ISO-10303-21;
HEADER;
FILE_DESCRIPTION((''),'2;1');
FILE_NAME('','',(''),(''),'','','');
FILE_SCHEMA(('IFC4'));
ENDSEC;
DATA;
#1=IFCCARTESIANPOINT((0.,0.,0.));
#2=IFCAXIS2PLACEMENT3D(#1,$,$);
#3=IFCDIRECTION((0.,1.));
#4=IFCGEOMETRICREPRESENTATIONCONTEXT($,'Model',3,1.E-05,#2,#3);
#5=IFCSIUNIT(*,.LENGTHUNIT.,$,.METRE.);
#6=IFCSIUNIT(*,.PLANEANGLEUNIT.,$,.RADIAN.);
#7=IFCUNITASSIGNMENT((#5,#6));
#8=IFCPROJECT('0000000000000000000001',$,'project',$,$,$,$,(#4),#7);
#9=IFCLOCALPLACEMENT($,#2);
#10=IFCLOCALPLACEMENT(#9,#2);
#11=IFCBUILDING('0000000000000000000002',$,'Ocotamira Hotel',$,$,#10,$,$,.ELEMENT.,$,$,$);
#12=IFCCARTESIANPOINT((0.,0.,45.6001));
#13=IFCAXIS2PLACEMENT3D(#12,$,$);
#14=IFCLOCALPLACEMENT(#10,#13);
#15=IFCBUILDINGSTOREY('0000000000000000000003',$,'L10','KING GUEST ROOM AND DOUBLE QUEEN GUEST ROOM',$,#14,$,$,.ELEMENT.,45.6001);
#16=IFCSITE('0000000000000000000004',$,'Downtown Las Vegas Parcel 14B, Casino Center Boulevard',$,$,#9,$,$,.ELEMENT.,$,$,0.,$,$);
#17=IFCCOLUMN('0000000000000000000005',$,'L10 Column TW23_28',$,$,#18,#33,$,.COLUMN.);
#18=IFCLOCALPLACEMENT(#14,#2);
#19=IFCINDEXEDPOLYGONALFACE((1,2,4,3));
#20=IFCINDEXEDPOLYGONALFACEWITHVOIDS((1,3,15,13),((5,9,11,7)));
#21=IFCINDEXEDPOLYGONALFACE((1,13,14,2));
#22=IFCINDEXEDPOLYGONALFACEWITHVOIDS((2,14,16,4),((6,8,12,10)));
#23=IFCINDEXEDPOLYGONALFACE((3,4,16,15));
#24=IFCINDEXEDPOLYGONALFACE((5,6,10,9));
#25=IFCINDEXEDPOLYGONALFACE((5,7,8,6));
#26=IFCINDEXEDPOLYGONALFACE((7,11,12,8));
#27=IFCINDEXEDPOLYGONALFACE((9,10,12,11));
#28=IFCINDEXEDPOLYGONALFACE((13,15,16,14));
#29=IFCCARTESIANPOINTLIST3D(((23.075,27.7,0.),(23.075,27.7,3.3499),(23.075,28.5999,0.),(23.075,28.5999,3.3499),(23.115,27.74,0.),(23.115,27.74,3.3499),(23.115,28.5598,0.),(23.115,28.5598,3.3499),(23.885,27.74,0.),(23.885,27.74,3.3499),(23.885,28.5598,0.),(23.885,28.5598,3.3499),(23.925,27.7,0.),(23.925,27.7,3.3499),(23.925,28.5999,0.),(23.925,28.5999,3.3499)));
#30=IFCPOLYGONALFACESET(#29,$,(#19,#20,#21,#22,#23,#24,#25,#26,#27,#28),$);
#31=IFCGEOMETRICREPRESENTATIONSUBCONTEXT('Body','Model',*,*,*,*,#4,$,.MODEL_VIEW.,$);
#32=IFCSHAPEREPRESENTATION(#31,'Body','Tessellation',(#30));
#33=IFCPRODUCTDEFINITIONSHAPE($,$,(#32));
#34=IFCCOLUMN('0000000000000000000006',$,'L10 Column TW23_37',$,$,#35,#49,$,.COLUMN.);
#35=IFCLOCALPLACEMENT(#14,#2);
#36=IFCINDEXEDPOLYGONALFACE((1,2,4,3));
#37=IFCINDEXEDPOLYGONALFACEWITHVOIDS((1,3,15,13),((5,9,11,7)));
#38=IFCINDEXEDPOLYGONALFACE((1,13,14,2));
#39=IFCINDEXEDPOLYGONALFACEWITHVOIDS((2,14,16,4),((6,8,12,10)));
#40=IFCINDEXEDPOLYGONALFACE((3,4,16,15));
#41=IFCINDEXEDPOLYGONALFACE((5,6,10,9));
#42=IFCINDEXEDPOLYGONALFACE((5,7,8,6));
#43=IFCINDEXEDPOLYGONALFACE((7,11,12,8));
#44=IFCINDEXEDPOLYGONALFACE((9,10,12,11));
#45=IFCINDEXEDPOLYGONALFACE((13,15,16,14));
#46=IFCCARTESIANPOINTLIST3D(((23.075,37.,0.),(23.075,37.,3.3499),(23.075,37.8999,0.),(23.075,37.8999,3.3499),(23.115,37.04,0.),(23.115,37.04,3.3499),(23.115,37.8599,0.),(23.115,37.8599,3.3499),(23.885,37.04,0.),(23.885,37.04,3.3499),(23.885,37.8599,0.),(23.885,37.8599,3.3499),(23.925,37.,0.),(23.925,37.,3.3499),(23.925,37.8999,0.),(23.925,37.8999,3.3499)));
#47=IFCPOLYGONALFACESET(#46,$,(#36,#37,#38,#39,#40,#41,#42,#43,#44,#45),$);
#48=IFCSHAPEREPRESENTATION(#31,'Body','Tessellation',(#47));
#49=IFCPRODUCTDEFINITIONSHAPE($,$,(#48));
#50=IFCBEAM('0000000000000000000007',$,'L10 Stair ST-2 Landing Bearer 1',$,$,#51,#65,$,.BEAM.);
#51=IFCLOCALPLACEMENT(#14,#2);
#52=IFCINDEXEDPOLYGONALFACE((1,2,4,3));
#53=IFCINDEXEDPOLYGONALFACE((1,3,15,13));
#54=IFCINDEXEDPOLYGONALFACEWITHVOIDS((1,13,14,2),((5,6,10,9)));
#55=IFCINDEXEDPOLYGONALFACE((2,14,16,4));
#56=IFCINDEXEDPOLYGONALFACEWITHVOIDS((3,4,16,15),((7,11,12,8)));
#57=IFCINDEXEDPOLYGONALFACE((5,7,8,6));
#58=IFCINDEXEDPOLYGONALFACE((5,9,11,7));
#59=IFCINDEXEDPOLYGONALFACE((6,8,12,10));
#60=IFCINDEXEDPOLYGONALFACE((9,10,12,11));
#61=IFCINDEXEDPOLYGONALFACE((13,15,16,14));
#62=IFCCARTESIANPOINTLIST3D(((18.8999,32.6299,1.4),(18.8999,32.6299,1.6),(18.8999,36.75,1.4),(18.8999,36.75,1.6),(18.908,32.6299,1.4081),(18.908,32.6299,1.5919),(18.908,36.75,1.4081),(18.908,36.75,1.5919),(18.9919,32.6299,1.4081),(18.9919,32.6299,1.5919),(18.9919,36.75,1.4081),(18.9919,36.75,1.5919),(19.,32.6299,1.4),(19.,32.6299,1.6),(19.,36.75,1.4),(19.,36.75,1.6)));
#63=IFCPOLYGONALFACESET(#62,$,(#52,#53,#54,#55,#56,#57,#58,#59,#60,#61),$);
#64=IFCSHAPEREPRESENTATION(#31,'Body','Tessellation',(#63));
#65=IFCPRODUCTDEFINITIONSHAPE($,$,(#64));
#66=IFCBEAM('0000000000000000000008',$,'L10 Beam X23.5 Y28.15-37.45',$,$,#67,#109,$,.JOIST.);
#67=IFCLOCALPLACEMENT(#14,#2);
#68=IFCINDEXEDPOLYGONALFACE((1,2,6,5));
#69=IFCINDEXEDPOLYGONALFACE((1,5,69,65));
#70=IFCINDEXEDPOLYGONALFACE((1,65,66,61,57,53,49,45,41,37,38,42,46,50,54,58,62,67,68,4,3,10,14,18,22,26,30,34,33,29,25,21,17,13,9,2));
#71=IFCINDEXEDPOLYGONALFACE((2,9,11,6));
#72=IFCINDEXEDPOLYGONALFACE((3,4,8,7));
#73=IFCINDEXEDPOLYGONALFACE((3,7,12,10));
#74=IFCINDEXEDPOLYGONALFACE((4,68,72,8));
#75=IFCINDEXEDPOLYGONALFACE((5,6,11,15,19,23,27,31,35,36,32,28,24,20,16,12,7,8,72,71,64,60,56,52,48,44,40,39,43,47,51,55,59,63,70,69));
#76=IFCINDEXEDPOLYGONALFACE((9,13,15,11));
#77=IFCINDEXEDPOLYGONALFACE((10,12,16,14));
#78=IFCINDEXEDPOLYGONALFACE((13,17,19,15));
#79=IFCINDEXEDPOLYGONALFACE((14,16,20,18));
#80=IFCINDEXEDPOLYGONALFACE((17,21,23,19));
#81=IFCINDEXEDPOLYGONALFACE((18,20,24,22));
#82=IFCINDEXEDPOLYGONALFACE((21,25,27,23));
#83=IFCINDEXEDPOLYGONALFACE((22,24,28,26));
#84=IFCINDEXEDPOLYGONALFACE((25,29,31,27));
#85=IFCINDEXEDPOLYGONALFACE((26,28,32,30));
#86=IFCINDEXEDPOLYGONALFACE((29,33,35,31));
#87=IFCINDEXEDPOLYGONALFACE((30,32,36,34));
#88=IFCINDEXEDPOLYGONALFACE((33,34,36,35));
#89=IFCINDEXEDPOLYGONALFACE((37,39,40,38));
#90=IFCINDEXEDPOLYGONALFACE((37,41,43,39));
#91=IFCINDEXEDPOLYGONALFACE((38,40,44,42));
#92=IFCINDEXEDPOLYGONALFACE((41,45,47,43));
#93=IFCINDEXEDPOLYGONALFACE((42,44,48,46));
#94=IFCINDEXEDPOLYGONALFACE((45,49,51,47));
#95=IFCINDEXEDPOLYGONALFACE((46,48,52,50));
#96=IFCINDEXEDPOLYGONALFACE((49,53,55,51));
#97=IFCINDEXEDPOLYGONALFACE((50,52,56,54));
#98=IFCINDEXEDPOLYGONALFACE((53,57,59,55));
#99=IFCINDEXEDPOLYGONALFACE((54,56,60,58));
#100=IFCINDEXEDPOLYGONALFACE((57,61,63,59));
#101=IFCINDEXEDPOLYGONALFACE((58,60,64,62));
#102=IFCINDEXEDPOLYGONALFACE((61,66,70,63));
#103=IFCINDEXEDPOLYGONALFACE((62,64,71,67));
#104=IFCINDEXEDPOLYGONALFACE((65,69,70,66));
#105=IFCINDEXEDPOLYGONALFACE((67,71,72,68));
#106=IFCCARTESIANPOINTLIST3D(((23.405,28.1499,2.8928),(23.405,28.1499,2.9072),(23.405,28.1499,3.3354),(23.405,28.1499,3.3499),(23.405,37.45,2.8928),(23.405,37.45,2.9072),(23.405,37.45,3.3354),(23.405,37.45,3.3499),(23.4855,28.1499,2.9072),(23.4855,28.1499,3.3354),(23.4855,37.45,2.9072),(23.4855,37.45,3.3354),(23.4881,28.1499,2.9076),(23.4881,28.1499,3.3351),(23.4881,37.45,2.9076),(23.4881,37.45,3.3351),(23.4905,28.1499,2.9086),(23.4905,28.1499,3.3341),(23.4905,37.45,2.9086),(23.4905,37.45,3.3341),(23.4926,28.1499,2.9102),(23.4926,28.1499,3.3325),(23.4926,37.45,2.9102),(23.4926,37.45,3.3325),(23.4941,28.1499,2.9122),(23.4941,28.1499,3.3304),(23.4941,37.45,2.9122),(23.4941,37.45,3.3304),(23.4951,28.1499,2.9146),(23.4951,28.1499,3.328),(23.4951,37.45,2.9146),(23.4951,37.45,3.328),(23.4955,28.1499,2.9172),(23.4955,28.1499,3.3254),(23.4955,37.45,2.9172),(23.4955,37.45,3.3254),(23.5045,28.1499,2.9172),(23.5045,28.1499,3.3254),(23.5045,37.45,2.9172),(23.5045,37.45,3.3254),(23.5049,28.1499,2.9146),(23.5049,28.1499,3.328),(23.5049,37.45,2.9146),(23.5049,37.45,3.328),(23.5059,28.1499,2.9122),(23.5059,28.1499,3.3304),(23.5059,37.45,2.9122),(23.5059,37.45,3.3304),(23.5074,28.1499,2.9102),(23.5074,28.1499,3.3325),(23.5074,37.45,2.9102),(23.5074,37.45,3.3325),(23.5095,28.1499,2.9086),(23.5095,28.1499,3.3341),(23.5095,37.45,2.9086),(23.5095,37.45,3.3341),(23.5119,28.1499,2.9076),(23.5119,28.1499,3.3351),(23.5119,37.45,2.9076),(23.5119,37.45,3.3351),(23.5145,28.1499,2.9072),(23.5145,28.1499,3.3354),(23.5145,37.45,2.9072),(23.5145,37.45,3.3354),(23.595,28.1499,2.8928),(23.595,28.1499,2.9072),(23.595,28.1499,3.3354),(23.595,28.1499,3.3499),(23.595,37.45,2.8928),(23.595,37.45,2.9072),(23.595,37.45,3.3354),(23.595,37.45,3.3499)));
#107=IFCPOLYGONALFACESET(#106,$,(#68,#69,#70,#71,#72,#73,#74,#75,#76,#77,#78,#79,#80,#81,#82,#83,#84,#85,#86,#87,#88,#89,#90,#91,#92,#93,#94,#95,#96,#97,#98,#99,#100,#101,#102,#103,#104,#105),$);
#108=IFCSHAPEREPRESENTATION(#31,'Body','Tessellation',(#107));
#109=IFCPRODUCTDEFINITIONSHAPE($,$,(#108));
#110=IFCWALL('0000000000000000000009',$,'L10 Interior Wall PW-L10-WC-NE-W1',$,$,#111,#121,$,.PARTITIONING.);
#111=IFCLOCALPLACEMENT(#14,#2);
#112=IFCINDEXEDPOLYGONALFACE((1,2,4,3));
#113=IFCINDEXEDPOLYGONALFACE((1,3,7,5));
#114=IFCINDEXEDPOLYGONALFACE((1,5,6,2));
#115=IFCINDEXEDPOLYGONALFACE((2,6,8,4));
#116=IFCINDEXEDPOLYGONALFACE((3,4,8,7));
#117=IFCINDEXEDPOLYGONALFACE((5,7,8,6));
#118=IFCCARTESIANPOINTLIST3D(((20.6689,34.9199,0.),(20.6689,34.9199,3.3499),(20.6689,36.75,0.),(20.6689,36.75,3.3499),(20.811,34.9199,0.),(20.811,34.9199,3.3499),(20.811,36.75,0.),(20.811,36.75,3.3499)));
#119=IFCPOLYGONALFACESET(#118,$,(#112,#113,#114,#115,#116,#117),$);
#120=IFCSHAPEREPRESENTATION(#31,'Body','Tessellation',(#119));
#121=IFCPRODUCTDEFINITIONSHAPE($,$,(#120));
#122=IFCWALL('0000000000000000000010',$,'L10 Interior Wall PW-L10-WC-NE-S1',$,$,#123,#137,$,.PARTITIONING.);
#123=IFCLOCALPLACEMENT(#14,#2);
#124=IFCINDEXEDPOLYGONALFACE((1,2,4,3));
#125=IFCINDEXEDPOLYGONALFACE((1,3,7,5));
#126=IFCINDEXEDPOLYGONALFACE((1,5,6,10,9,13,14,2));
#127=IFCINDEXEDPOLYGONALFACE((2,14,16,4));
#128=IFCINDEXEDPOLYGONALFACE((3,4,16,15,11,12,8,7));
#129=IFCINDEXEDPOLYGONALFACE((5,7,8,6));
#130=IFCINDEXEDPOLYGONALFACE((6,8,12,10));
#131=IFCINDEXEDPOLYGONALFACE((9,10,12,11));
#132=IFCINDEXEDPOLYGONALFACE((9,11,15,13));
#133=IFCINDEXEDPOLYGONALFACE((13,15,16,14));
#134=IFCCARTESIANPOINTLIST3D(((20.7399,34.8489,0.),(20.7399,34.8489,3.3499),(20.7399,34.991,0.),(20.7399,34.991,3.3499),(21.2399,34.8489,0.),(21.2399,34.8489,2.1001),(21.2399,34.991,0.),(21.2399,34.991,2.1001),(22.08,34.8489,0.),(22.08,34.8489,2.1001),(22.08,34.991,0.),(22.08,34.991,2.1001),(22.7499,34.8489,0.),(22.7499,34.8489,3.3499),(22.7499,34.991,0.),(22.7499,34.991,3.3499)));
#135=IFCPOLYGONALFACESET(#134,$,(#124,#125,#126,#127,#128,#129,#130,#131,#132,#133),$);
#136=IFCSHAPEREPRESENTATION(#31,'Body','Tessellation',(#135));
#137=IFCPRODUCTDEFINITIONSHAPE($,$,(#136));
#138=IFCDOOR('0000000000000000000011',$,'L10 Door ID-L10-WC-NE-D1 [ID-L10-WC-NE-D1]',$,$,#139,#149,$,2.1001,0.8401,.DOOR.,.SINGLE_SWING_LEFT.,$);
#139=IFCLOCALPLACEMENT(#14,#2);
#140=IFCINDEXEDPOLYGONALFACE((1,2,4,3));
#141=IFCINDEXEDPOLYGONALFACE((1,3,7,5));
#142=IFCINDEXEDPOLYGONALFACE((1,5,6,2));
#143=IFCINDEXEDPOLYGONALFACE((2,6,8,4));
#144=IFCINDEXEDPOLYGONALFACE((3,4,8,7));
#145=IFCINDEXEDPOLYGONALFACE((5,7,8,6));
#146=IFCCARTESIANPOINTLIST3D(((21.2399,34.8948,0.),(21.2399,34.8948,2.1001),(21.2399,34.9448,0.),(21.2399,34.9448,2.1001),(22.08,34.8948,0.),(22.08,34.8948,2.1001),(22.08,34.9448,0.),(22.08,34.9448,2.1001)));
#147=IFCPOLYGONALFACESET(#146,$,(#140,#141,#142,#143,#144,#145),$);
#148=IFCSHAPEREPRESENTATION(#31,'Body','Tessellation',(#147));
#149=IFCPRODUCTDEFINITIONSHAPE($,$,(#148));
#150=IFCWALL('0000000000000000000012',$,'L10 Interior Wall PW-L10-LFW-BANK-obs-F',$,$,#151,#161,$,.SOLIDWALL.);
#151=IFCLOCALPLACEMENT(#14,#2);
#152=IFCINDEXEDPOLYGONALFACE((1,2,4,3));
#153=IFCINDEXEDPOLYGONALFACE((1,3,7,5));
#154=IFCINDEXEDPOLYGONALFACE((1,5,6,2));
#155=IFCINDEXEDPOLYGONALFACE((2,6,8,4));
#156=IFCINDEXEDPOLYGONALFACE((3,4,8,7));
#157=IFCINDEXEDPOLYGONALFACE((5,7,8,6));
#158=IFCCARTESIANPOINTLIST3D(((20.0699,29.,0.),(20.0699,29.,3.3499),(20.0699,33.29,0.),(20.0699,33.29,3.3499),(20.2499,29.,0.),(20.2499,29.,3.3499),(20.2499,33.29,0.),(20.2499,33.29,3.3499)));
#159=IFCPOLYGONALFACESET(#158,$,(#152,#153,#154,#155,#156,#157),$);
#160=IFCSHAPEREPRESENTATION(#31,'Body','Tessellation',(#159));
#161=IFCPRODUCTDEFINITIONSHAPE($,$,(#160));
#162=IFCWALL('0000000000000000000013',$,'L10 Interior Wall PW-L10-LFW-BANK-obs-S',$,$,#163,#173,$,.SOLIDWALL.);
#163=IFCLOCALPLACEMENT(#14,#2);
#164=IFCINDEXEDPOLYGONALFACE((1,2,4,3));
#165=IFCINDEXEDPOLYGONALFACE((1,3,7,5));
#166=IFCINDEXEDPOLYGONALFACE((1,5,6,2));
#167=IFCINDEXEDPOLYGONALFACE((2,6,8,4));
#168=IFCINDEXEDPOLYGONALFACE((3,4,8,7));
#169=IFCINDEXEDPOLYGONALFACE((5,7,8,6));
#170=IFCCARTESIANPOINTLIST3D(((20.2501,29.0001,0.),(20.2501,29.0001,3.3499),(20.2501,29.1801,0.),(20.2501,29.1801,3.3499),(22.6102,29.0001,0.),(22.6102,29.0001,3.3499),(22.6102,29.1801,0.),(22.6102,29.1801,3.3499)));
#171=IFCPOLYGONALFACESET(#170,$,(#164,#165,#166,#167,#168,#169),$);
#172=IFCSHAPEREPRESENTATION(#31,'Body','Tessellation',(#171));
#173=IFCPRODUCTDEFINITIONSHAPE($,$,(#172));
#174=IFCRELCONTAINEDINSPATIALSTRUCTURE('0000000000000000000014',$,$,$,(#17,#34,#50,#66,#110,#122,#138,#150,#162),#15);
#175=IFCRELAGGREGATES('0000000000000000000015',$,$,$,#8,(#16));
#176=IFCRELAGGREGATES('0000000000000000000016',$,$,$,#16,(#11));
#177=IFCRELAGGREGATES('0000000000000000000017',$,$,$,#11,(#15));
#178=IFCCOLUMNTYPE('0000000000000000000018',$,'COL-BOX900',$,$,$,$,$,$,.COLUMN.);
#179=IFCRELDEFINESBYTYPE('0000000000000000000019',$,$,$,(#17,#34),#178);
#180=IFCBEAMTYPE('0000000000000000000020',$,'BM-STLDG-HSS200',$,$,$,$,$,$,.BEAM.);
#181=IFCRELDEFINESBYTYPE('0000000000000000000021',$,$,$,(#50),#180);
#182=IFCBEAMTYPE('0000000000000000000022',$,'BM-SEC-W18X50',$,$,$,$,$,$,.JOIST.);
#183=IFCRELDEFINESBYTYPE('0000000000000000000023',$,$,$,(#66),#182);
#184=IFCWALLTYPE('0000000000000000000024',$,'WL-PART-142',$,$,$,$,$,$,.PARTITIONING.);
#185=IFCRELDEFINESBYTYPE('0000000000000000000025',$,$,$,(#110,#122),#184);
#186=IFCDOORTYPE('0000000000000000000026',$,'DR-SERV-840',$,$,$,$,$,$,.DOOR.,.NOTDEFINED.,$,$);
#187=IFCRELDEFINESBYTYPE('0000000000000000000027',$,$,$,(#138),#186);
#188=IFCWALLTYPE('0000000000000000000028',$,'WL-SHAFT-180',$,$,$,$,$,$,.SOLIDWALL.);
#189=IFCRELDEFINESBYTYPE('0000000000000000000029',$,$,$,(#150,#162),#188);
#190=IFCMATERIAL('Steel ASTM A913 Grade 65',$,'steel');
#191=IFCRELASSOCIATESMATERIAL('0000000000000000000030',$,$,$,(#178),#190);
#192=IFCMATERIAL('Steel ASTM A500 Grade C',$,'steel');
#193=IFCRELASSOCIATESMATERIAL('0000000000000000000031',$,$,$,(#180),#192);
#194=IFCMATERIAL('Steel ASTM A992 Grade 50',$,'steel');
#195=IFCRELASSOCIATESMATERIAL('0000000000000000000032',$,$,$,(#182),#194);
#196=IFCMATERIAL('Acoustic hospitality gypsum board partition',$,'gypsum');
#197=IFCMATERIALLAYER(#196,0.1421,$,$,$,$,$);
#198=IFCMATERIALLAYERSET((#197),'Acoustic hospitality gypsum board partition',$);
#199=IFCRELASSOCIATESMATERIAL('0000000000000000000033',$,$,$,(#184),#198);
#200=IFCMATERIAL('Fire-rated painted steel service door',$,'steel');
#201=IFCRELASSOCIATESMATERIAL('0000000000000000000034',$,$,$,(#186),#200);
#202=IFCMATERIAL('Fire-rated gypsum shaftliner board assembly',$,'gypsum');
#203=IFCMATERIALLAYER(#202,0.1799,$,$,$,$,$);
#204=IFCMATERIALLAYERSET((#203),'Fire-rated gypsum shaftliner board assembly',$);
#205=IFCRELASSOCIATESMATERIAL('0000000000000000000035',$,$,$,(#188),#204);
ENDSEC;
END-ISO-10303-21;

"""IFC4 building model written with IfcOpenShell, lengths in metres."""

from ifc_helpers import new_model, si_unit, direction, frame, frame_2d, origin, origin_2d, place, context, subcontext, project, spatial, rectangle, hollow_rectangle, i_section, extrude, source, transform, mapped, material, layer, layer_set, material_profile, profile_set, type_object, element, fill, save


model = new_model("IFC4")

# Units and contexts
model_context = context("Model", 3, precision=1e-05, world=origin(), true_north=direction((0.0, 1.0)))
body_context = subcontext(model_context, "Body", "Model", "MODEL_VIEW")
ifc_project = project(units=[si_unit("LENGTHUNIT", "METRE"), si_unit("PLANEANGLEUNIT", "RADIAN")], contexts=[model_context])

# Site, building, storey
site_placement = place(None, origin())
site = spatial("IfcSite", under=ifc_project, at=site_placement, Name="Downtown Las Vegas Parcel 14B, Casino Center Boulevard", CompositionType="ELEMENT", RefElevation=0.0)
building_placement = place(site_placement, origin())
building = spatial("IfcBuilding", under=site, at=building_placement, Name="Ocotamira Hotel", CompositionType="ELEMENT")
storey_placement = place(building_placement, frame((0.0, 0.0, 45.6001)))
storey = spatial("IfcBuildingStorey", under=building, at=storey_placement, Name="L10", Description="KING GUEST ROOM AND DOUBLE QUEEN GUEST ROOM", CompositionType="ELEMENT", Elevation=45.6001)

# Columns
ifc_material_1 = material(Name="Steel ASTM A913 Grade 65", Category="steel")
ifc_material_profile_1 = material_profile(ifc_material_1, hollow_rectangle(XDim=0.8501, YDim=0.8999, WallThickness=0.04, at=origin_2d()), Name="BOX900X850X40")
ifc_profile_set_1 = profile_set([ifc_material_profile_1], Name="Steel ASTM A913 Grade 65")
column_type = type_object("IfcColumnType", Name="COL-BOX900", PredefinedType="COLUMN", material=ifc_profile_set_1)
shared_shape_1 = source(origin(), body_context, "Body", "SweptSolid", [
    extrude(hollow_rectangle(XDim=0.8501, YDim=0.8999, WallThickness=0.04, at=origin_2d()), origin(), (0.0, 0.0, 1.0), 3.3499),
])
for number, where, z_axis, x_axis, name in (
    (1, (23.5, 28.1499, 0.0), (0.0, 0.0, 1.0), (1.0, 0.0, 0.0), "L10 Column TW23_28"),
    (2, (23.5, 37.45, 0.0), (0.0, 0.0, 1.0), (1.0, 0.0, 0.0), "L10 Column TW23_37"),
):
    element("IfcColumn", number, at=place(storey_placement, frame(where, z_axis=z_axis, x_axis=x_axis)), inside=storey, type_object=column_type, Name=name, PredefinedType="COLUMN", context=body_context, shape_type="MappedRepresentation", body=[
        mapped(shared_shape_1, transform((0.0, 0.0, 0.0), scale=1.0)),
    ])

# Beams
ifc_material_2 = material(Name="Steel ASTM A500 Grade C", Category="steel")
ifc_material_profile_2 = material_profile(ifc_material_2, hollow_rectangle(XDim=0.1001, YDim=0.2, WallThickness=0.0081, at=origin_2d()), Name="HSS200X100X8")
ifc_profile_set_2 = profile_set([ifc_material_profile_2], Name="Steel ASTM A500 Grade C")
beam_type_1 = type_object("IfcBeamType", Name="BM-STLDG-HSS200", PredefinedType="BEAM", material=ifc_profile_set_2)
shared_shape_2 = source(origin(), body_context, "Body", "SweptSolid", [
    extrude(hollow_rectangle(XDim=0.1001, YDim=0.2, WallThickness=0.0081, at=origin_2d()), origin(), (0.0, 0.0, 1.0), 4.1201),
])
beam_1_placement = place(storey_placement, frame((18.95, 32.6299, 1.5), z_axis=(0.0, 1.0, 0.0), x_axis=(-1.0, 0.0, 0.0)))
element("IfcBeam", 3, at=beam_1_placement, inside=storey, type_object=beam_type_1, Name="L10 Stair ST-2 Landing Bearer 1", PredefinedType="BEAM", context=body_context, shape_type="MappedRepresentation", body=[
    mapped(shared_shape_2, transform((0.0, 0.0, 0.0), scale=1.0)),
])
ifc_material_3 = material(Name="Steel ASTM A992 Grade 50", Category="steel")
ifc_material_profile_3 = material_profile(ifc_material_3, i_section(OverallWidth=0.1899, OverallDepth=0.457, WebThickness=0.009, FlangeThickness=0.0144, FilletRadius=0.01, at=origin_2d()), Name="W18X50")
ifc_profile_set_3 = profile_set([ifc_material_profile_3], Name="Steel ASTM A992 Grade 50")
beam_type_2 = type_object("IfcBeamType", Name="BM-SEC-W18X50", PredefinedType="JOIST", material=ifc_profile_set_3)
shared_shape_3 = source(origin(), body_context, "Body", "SweptSolid", [
    extrude(i_section(OverallWidth=0.1899, OverallDepth=0.457, WebThickness=0.009, FlangeThickness=0.0144, FilletRadius=0.01, at=origin_2d()), origin(), (0.0, 0.0, 1.0), 9.3),
])
beam_2_placement = place(storey_placement, frame((23.5, 28.1499, 3.1213), z_axis=(0.0, 1.0, 0.0), x_axis=(-1.0, 0.0, 0.0)))
element("IfcBeam", 4, at=beam_2_placement, inside=storey, type_object=beam_type_2, Name="L10 Beam X23.5 Y28.15-37.45", PredefinedType="JOIST", context=body_context, shape_type="MappedRepresentation", body=[
    mapped(shared_shape_3, transform((0.0, 0.0, 0.0), scale=1.0)),
])

# Wall
ifc_material_4 = material(Name="Acoustic hospitality gypsum board partition", Category="gypsum")
ifc_layer_1 = layer(ifc_material_4, 0.1421)
ifc_layer_set_1 = layer_set([ifc_layer_1], Name="Acoustic hospitality gypsum board partition")
wall_type_1 = type_object("IfcWallType", Name="WL-PART-142", PredefinedType="PARTITIONING", material=ifc_layer_set_1)
wall_1_placement = place(storey_placement, frame((20.74, 34.9199, 0.0), z_axis=(0.0, 0.0, 1.0), x_axis=(0.0, 1.0, 0.0)))
element("IfcWall", 5, at=wall_1_placement, inside=storey, type_object=wall_type_1, Name="L10 Interior Wall PW-L10-WC-NE-W1", PredefinedType="PARTITIONING", context=body_context, shape_type="SweptSolid", body=[
    extrude(rectangle(XDim=1.8301, YDim=0.1421, at=frame_2d((0.915, 0.0))), origin(), (0.0, 0.0, 1.0), 3.3499),
])

# Wall, opening, door
wall_2_placement = place(storey_placement, frame((20.74, 34.9199, 0.0), z_axis=(0.0, 0.0, 1.0), x_axis=(1.0, 0.0, 0.0)))
wall_2 = element("IfcWall", 6, at=wall_2_placement, inside=storey, type_object=wall_type_1, Name="L10 Interior Wall PW-L10-WC-NE-S1", PredefinedType="PARTITIONING", context=body_context, shape_type="SweptSolid", body=[
    extrude(rectangle(XDim=2.01, YDim=0.1421, at=frame_2d((1.0049, 0.0))), origin(), (0.0, 0.0, 1.0), 3.3499),
])
opening_1_placement = place(wall_2_placement, frame((0.5, 0.0, 0.0)))
opening_1 = element("IfcOpeningElement", 7, at=opening_1_placement, cuts=wall_2, PredefinedType="OPENING", context=body_context, shape_type="SweptSolid", body=[
    extrude(rectangle(XDim=0.8401, YDim=2.1001, at=frame_2d((0.4199, 1.05))), frame((0.0, 0.0811, 0.0), z_axis=(0.0, -1.0, 0.0), x_axis=(1.0, 0.0, 0.0)), (0.0, 0.0, 1.0), 0.1621),
])
ifc_material_5 = material(Name="Fire-rated painted steel service door", Category="steel")
door_type_1 = type_object("IfcDoorType", Name="DR-SERV-840", OperationType="NOTDEFINED", PredefinedType="DOOR", material=ifc_material_5)
shared_shape_4 = source(origin(), body_context, "Body", "SweptSolid", [
    extrude(rectangle(XDim=0.8401, YDim=2.1001, at=frame_2d((0.4199, 1.05))), frame((0.0, 0.0249, 0.0), z_axis=(0.0, -1.0, 0.0), x_axis=(1.0, 0.0, 0.0)), (0.0, 0.0, 1.0), 0.05),
])
door_1_placement = place(opening_1_placement, origin())
door_1 = element("IfcDoor", 8, at=door_1_placement, inside=storey, type_object=door_type_1, Name="L10 Door ID-L10-WC-NE-D1 [ID-L10-WC-NE-D1]", OperationType="SINGLE_SWING_LEFT", OverallHeight=2.1001, OverallWidth=0.8401, PredefinedType="DOOR", context=body_context, shape_type="MappedRepresentation", body=[
    mapped(shared_shape_4, transform((0.0, 0.0, 0.0), scale=1.0)),
])
fill(opening_1, door_1)

# Walls
ifc_material_6 = material(Name="Fire-rated gypsum shaftliner board assembly", Category="gypsum")
ifc_layer_2 = layer(ifc_material_6, 0.1799)
ifc_layer_set_2 = layer_set([ifc_layer_2], Name="Fire-rated gypsum shaftliner board assembly")
wall_type_2 = type_object("IfcWallType", Name="WL-SHAFT-180", PredefinedType="SOLIDWALL", material=ifc_layer_set_2)
wall_3_placement = place(storey_placement, frame((20.1599, 29.0, 0.0), z_axis=(0.0, 0.0, 1.0), x_axis=(0.0, 1.0, 0.0)))
element("IfcWall", 9, at=wall_3_placement, inside=storey, type_object=wall_type_2, Name="L10 Interior Wall PW-L10-LFW-BANK-obs-F", PredefinedType="SOLIDWALL", context=body_context, shape_type="SweptSolid", body=[
    extrude(rectangle(XDim=4.29, YDim=0.1799, at=frame_2d((2.145, 0.0))), origin(), (0.0, 0.0, 1.0), 3.3499),
])
wall_4_placement = place(storey_placement, frame((20.25, 29.0901, 0.0), z_axis=(0.0, 0.0, 1.0), x_axis=(1.0, 0.0, 0.0)))
element("IfcWall", 10, at=wall_4_placement, inside=storey, type_object=wall_type_2, Name="L10 Interior Wall PW-L10-LFW-BANK-obs-S", PredefinedType="SOLIDWALL", context=body_context, shape_type="SweptSolid", body=[
    extrude(rectangle(XDim=2.3601, YDim=0.1799, at=frame_2d((1.1802, 0.0))), origin(), (0.0, 0.0, 1.0), 3.3499),
])

save(model, "model.ifc")
